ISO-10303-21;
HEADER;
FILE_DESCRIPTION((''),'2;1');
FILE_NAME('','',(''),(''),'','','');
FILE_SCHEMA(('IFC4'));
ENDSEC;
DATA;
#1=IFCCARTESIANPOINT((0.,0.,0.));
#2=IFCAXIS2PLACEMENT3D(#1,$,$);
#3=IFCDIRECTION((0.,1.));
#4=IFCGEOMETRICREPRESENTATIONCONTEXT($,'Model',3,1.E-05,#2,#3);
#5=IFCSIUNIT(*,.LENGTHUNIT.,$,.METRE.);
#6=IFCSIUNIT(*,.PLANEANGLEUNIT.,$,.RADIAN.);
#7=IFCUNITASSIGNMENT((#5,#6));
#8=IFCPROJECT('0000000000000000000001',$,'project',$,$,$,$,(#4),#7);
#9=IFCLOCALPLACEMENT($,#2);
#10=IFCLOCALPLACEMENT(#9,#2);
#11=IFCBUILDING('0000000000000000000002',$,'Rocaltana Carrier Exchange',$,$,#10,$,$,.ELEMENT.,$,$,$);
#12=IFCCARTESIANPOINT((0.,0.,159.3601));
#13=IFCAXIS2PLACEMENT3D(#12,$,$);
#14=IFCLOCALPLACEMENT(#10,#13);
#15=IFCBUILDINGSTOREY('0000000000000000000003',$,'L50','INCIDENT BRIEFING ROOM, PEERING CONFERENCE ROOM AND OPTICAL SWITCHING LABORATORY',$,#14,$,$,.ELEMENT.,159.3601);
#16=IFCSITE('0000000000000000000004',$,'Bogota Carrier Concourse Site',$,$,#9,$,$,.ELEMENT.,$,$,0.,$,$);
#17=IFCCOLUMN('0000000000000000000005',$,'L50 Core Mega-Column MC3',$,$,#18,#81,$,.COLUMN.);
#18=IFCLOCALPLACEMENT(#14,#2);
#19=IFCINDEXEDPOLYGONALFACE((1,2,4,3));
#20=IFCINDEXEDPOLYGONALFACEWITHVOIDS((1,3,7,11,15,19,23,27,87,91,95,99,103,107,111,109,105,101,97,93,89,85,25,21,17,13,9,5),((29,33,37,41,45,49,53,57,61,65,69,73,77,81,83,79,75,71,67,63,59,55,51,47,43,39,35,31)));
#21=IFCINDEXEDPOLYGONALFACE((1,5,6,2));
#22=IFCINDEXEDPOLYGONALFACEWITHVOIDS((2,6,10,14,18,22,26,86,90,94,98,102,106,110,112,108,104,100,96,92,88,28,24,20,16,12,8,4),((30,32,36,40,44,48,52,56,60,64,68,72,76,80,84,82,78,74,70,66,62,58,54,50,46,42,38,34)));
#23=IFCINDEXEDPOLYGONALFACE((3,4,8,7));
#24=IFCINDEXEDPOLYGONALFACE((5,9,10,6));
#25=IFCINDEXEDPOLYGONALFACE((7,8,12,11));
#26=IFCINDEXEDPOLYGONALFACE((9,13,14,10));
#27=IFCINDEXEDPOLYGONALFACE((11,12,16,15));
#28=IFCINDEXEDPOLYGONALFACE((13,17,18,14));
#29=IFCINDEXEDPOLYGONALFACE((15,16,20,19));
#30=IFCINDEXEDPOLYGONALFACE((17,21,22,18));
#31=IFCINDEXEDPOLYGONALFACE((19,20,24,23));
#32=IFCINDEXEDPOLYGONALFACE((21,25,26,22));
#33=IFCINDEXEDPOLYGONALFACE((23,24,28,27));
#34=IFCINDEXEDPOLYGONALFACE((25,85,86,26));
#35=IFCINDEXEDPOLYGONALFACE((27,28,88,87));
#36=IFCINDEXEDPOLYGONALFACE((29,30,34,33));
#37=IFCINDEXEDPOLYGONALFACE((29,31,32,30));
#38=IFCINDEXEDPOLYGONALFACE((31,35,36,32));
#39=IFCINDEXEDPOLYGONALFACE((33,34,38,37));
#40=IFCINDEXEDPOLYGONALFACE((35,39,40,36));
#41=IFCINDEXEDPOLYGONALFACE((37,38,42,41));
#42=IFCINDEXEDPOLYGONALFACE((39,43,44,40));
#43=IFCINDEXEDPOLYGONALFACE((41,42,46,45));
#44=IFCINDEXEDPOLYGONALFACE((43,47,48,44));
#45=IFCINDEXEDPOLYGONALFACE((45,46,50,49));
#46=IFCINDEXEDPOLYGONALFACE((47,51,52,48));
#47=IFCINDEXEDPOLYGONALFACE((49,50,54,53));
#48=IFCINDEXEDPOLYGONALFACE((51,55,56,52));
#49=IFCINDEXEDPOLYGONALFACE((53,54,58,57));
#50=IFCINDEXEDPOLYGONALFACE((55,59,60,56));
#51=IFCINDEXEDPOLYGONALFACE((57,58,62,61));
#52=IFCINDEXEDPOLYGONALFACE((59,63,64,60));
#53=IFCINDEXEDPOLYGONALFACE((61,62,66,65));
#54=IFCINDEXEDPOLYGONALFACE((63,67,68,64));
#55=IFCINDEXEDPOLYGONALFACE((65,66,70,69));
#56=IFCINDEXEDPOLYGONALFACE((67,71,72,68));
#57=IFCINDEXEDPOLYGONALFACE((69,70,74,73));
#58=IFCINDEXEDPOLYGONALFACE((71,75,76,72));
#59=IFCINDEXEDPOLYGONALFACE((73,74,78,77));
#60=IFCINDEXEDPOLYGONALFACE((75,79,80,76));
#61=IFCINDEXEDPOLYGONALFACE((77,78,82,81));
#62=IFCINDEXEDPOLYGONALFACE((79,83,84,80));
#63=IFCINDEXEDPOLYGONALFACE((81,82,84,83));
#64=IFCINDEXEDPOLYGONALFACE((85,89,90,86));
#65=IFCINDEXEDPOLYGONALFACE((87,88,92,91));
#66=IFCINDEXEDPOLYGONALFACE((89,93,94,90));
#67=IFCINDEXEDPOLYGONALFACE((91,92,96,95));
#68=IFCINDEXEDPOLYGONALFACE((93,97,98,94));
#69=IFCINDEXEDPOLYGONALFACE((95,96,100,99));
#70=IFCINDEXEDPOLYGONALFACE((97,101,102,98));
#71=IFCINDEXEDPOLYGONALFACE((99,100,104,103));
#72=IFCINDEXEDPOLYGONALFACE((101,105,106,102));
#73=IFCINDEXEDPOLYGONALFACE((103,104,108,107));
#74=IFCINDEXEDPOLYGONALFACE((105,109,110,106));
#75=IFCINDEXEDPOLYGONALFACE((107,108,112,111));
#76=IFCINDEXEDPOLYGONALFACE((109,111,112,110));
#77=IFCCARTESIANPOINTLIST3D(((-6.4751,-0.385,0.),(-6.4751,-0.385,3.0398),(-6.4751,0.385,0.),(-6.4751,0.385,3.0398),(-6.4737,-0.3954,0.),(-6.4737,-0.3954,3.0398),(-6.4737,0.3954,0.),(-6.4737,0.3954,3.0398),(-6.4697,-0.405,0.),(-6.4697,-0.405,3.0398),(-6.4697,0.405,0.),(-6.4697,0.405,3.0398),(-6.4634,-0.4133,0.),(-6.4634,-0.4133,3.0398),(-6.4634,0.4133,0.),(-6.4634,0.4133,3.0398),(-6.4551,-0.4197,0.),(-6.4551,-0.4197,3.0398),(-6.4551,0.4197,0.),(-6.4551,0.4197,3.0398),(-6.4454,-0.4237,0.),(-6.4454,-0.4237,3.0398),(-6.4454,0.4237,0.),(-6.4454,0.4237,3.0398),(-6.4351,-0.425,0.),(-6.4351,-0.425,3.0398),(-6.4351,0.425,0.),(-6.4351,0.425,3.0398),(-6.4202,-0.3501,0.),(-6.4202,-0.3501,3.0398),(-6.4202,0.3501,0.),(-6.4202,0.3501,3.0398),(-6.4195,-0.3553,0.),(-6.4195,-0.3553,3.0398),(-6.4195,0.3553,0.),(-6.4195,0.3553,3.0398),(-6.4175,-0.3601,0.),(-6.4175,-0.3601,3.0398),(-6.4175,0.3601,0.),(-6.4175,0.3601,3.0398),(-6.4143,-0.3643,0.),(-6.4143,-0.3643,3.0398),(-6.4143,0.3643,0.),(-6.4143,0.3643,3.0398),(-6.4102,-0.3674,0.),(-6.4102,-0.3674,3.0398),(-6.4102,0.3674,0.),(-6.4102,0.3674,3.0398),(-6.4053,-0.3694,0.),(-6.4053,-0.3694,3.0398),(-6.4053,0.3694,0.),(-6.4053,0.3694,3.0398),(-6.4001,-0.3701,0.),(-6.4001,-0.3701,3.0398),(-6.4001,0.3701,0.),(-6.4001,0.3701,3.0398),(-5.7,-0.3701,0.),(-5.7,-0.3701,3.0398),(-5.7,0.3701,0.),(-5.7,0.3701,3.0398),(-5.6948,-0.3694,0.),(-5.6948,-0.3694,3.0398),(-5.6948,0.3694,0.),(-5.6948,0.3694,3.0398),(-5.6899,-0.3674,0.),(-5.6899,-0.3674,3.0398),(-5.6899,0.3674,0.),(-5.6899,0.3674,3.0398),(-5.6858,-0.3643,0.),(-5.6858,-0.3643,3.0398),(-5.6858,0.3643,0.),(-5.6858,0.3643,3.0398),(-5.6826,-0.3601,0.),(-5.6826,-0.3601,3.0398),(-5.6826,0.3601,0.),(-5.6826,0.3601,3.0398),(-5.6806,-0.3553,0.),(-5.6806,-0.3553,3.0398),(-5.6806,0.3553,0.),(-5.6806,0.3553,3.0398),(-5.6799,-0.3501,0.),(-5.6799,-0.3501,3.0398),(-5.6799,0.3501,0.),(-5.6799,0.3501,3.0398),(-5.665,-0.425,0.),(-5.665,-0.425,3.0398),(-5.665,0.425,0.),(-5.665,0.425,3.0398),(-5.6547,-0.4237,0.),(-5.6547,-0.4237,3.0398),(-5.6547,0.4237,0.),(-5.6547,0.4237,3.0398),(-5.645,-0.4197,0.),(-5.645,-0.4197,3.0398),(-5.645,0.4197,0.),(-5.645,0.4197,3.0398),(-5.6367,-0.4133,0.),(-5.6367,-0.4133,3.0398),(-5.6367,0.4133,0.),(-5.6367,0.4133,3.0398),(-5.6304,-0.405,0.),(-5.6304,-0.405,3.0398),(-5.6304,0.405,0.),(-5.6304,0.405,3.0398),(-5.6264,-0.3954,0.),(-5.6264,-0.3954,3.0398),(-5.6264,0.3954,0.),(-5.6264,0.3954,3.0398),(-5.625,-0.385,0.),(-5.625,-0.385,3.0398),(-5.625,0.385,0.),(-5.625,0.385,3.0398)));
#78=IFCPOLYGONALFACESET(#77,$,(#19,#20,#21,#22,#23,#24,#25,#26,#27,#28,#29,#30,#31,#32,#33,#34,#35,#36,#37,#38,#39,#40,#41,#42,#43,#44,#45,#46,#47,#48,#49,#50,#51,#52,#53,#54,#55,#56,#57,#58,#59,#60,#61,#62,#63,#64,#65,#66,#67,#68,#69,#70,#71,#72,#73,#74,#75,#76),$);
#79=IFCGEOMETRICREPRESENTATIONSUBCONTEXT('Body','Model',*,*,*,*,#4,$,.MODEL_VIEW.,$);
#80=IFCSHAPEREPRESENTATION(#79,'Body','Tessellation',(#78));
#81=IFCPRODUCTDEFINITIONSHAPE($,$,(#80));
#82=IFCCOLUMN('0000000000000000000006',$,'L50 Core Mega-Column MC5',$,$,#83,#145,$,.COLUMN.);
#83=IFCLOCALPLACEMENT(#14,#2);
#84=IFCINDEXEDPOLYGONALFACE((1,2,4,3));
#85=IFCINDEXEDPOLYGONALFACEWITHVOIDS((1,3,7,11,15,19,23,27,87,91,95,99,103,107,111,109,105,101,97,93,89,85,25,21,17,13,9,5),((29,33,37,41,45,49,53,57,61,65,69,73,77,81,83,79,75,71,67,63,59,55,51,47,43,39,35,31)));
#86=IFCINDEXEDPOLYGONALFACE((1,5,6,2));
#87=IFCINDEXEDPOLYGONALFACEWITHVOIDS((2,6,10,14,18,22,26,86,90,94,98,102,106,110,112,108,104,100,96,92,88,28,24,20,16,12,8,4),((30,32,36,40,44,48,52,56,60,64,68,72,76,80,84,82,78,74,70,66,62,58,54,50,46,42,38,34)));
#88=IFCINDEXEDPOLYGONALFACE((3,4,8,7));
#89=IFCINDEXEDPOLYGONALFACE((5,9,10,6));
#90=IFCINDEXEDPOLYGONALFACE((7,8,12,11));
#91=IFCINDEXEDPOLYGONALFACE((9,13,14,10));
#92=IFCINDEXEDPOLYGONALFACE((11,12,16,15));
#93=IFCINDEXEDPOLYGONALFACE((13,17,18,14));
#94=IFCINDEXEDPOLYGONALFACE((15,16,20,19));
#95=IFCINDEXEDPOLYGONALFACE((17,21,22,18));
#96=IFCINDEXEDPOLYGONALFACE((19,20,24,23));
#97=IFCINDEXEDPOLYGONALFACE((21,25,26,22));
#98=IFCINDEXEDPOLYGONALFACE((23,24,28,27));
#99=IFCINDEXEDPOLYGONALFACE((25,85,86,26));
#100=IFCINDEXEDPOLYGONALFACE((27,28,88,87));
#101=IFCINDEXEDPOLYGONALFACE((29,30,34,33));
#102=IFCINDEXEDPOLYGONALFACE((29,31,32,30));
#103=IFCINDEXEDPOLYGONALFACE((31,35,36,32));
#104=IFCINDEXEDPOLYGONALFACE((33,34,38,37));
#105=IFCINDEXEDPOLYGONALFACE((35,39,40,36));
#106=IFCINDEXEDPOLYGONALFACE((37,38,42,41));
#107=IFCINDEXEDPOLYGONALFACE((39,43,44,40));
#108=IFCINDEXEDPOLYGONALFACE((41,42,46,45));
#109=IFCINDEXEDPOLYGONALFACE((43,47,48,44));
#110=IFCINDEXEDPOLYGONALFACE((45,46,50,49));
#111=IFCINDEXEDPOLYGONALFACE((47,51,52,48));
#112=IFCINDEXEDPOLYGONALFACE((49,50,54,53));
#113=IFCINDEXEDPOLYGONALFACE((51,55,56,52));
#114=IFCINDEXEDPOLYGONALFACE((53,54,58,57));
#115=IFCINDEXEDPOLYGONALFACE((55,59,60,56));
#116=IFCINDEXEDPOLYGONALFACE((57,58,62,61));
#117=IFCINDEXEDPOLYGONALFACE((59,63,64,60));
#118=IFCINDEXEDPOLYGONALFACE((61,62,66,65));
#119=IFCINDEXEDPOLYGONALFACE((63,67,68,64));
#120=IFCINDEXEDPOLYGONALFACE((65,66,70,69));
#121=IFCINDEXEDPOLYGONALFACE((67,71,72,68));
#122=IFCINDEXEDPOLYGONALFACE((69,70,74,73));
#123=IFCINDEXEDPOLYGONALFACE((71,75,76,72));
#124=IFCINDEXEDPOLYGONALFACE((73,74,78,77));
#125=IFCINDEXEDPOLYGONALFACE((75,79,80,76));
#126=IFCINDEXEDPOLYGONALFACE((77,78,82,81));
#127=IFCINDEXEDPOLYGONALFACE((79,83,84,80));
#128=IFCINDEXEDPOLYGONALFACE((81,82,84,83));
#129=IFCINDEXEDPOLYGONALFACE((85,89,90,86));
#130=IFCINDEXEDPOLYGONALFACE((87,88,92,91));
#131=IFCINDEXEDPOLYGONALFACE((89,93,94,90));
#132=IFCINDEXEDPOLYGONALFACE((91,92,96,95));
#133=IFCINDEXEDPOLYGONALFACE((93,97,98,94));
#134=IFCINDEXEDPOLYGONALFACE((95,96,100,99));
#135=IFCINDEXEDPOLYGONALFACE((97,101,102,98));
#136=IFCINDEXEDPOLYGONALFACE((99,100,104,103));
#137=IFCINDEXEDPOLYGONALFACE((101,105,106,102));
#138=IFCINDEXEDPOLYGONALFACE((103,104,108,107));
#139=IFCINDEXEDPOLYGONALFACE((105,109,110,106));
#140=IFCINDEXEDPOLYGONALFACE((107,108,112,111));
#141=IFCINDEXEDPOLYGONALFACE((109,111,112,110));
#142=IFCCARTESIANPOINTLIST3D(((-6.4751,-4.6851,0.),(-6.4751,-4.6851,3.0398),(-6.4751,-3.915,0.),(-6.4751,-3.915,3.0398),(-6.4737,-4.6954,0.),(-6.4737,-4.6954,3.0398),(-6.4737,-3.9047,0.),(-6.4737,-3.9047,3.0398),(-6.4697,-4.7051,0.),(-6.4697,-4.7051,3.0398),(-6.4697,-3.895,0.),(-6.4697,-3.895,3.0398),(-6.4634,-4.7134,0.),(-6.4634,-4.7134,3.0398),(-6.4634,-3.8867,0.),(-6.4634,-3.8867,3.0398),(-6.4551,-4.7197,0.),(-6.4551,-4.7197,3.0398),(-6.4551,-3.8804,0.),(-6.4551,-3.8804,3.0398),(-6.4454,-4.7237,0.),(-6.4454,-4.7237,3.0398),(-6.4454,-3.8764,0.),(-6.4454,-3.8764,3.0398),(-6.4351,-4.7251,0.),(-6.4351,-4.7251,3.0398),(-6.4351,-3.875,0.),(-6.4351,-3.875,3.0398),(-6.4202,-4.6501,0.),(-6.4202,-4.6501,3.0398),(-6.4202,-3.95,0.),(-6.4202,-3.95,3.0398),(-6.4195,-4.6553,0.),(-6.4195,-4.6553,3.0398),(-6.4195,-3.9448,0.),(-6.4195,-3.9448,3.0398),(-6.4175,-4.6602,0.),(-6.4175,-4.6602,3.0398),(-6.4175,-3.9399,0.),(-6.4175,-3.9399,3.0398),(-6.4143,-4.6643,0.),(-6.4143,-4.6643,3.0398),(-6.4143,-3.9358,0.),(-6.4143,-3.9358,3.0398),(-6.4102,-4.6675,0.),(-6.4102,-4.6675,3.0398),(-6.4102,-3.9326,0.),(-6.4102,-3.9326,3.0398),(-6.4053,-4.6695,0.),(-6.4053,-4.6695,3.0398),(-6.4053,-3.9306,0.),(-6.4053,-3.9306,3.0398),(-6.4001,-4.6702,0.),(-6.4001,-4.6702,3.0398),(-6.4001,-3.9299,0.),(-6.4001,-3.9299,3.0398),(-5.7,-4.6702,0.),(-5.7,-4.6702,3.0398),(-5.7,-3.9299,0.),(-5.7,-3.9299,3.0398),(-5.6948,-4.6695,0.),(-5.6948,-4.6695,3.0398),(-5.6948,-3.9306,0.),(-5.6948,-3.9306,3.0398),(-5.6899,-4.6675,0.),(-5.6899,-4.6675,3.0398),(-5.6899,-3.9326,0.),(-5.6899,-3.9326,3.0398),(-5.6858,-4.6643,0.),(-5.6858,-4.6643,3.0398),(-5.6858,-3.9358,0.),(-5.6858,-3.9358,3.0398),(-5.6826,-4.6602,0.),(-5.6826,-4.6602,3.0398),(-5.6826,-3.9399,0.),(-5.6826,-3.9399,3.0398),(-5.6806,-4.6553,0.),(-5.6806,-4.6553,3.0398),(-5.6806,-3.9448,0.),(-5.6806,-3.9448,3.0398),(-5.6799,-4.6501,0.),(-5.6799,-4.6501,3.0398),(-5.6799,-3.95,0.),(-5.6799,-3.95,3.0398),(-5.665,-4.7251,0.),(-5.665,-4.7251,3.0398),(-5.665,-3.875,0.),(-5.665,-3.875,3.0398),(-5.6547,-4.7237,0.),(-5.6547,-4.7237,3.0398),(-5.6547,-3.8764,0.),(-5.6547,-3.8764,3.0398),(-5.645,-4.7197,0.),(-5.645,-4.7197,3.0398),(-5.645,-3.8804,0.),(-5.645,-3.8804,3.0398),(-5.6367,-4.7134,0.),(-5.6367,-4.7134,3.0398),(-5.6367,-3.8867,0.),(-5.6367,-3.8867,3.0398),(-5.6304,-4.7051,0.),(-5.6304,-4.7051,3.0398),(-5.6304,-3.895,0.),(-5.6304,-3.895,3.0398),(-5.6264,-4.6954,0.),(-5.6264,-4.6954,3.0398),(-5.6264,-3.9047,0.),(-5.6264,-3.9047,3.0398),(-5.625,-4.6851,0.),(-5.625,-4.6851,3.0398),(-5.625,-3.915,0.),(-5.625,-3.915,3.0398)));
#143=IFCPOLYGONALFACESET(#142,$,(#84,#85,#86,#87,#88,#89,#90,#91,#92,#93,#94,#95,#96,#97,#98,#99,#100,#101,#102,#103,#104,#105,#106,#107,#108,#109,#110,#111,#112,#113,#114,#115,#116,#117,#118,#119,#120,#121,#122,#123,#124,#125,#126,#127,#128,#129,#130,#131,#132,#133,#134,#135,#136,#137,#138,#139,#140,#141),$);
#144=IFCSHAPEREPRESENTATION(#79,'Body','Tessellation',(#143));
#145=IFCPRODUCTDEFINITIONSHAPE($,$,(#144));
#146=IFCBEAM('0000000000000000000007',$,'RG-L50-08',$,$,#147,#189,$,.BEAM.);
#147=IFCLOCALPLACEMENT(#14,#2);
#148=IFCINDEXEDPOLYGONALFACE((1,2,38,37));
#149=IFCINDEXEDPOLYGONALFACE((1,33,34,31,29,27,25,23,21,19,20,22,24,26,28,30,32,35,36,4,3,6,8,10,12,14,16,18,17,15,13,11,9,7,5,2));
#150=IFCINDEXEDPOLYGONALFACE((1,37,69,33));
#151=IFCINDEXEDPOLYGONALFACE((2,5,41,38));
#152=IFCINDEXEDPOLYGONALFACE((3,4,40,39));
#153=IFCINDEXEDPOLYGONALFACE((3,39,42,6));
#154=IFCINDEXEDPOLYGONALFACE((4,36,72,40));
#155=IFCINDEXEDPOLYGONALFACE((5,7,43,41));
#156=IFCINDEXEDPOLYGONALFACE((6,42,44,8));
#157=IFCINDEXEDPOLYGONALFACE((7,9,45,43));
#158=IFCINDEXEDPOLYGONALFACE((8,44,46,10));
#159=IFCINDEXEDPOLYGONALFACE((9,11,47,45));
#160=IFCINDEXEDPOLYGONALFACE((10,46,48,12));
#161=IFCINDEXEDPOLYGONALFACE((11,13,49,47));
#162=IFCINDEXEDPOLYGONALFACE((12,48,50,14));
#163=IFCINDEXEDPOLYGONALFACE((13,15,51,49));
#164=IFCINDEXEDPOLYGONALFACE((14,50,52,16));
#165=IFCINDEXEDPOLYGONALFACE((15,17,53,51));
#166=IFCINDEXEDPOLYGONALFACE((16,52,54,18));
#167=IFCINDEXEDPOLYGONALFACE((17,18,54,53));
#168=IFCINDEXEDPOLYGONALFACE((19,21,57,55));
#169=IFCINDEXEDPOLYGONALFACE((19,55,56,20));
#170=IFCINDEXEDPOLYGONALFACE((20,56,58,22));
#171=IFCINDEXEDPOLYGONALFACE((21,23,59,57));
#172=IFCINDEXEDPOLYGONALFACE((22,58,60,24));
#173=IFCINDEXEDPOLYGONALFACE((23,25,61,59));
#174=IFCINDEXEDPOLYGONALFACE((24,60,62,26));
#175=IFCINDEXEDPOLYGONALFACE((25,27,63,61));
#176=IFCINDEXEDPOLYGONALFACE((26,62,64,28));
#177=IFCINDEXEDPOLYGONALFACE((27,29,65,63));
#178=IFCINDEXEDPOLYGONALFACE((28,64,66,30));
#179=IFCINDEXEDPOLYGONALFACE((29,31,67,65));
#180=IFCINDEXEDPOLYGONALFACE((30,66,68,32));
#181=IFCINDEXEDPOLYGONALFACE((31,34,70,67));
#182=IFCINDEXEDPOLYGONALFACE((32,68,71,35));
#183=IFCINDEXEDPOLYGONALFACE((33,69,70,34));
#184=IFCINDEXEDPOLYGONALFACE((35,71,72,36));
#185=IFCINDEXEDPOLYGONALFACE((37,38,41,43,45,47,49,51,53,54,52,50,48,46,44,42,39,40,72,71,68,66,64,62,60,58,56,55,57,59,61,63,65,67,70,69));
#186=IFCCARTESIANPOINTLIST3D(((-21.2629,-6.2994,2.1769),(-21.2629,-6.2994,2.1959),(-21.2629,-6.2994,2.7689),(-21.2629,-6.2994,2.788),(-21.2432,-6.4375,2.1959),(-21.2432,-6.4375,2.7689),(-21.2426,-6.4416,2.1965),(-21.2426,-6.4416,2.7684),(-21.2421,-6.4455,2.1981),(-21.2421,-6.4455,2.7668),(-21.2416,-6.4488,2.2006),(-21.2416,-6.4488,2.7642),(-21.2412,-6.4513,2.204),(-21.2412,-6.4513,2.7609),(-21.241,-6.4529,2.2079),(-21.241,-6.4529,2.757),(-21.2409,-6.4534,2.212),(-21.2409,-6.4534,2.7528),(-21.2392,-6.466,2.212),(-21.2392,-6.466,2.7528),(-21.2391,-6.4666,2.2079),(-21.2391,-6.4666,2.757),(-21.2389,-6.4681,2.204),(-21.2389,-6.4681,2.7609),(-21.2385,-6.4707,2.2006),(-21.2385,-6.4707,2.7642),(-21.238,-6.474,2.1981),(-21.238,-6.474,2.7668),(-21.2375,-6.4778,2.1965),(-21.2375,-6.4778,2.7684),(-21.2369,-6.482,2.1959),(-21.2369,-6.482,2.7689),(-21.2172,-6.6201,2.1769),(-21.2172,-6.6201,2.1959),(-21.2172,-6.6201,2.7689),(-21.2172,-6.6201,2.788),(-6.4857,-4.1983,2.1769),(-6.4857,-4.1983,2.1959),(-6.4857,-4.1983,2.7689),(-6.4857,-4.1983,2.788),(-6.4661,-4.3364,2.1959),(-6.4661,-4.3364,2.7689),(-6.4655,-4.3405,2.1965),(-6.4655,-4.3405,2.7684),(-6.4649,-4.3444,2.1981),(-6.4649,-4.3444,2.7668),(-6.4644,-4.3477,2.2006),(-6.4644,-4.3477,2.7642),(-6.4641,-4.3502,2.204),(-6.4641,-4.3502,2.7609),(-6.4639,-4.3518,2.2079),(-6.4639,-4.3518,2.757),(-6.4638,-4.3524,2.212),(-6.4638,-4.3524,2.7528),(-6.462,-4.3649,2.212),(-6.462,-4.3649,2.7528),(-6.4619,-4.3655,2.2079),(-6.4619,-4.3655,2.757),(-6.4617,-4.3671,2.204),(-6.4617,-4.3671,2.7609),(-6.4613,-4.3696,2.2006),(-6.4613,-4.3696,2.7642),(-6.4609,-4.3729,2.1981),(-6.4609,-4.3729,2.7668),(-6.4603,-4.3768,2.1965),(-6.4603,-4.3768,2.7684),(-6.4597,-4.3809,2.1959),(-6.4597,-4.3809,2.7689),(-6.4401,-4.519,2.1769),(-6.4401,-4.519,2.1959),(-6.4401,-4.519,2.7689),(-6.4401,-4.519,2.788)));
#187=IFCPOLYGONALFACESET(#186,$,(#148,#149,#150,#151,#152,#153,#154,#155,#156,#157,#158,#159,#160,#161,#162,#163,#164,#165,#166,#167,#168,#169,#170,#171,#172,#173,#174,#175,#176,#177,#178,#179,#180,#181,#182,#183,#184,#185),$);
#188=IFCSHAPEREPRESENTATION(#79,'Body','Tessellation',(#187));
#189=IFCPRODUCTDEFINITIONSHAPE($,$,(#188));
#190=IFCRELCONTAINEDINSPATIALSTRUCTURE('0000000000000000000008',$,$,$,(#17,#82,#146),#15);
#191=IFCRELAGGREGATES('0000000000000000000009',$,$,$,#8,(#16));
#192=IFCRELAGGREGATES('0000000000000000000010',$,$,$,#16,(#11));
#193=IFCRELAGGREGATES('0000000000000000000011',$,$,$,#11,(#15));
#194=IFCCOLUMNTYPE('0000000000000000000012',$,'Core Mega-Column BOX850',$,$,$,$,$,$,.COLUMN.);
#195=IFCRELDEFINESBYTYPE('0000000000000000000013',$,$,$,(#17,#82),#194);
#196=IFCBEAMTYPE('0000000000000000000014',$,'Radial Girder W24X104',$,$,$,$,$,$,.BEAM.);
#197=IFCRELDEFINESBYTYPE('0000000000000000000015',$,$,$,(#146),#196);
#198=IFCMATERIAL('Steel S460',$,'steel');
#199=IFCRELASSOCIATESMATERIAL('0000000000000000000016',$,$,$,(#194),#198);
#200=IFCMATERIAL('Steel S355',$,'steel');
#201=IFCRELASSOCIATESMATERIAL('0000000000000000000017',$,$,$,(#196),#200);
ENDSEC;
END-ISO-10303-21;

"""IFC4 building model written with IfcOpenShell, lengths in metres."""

from ifc_helpers import new_model, si_unit, direction, frame, origin, origin_2d, place, context, subcontext, project, spatial, hollow_rectangle, i_section, extrude, material, material_profile, profile_set, type_object, element, save


model = new_model("IFC4")

# Units and contexts
model_context = context("Model", 3, precision=1e-05, world=origin(), true_north=direction((0.0, 1.0)))
body_context = subcontext(model_context, "Body", "Model", "MODEL_VIEW")
ifc_project = project(units=[si_unit("LENGTHUNIT", "METRE"), si_unit("PLANEANGLEUNIT", "RADIAN")], contexts=[model_context])

# Site, building, storey
site_placement = place(None, origin())
site = spatial("IfcSite", under=ifc_project, at=site_placement, Name="Bogota Carrier Concourse Site", CompositionType="ELEMENT", RefElevation=0.0)
building_placement = place(site_placement, origin())
building = spatial("IfcBuilding", under=site, at=building_placement, Name="Rocaltana Carrier Exchange", CompositionType="ELEMENT")
storey_placement = place(building_placement, frame((0.0, 0.0, 159.3601)))
storey = spatial("IfcBuildingStorey", under=building, at=storey_placement, Name="L50", Description="INCIDENT BRIEFING ROOM, PEERING CONFERENCE ROOM AND OPTICAL SWITCHING LABORATORY", CompositionType="ELEMENT", Elevation=159.3601)

# Columns
ifc_material_1 = material(Name="Steel S460", Category="steel")
ifc_material_profile_1 = material_profile(ifc_material_1, hollow_rectangle(XDim=0.8501, YDim=0.8501, WallThickness=0.0549, InnerFilletRadius=0.02, OuterFilletRadius=0.04, at=origin_2d()), Name="BOX850X850X55")
ifc_profile_set_1 = profile_set([ifc_material_profile_1], Name="Steel S460")
column_type = type_object("IfcColumnType", Name="Core Mega-Column BOX850", PredefinedType="COLUMN", material=ifc_profile_set_1)
for number, where, z_axis, x_axis, name in (
    (1, (-6.05, 0.0, 0.0), (0.0, 0.0, 1.0), (1.0, 0.0, 0.0), "L50 Core Mega-Column MC3"),
    (2, (-6.05, -4.3, 0.0), (0.0, 0.0, 1.0), (1.0, 0.0, 0.0), "L50 Core Mega-Column MC5"),
):
    element("IfcColumn", number, at=place(storey_placement, frame(where, z_axis=z_axis, x_axis=x_axis)), inside=storey, type_object=column_type, Name=name, PredefinedType="COLUMN", context=body_context, shape_type="SweptSolid", body=[
        extrude(hollow_rectangle(XDim=0.8501, YDim=0.8501, WallThickness=0.0549, InnerFilletRadius=0.02, OuterFilletRadius=0.04, at=origin_2d()), origin(), (0.0, 0.0, 1.0), 3.0398),
    ])

# Beam
ifc_material_2 = material(Name="Steel S355", Category="steel")
ifc_material_profile_2 = material_profile(ifc_material_2, i_section(OverallWidth=0.324, OverallDepth=0.6111, WebThickness=0.0127, FlangeThickness=0.019, FilletRadius=0.0161, at=origin_2d()), Name="W24X104")
ifc_profile_set_2 = profile_set([ifc_material_profile_2], Name="Steel S355")
beam_type = type_object("IfcBeamType", Name="Radial Girder W24X104", PredefinedType="BEAM", material=ifc_profile_set_2)
beam_1_placement = place(storey_placement, frame((-6.4629, -4.3586, 2.4824), z_axis=(-0.990043, -0.140769, 0.0), x_axis=(0.140769, -0.990043, 0.0)))
element("IfcBeam", 3, at=beam_1_placement, inside=storey, type_object=beam_type, Name="RG-L50-08", PredefinedType="BEAM", context=body_context, shape_type="SweptSolid", body=[
    extrude(i_section(OverallWidth=0.324, OverallDepth=0.6111, WebThickness=0.0127, FlangeThickness=0.019, FilletRadius=0.0161, at=origin_2d()), origin(), (0.0, 0.0, 1.0), 14.9258),
])

save(model, "model.ifc")
